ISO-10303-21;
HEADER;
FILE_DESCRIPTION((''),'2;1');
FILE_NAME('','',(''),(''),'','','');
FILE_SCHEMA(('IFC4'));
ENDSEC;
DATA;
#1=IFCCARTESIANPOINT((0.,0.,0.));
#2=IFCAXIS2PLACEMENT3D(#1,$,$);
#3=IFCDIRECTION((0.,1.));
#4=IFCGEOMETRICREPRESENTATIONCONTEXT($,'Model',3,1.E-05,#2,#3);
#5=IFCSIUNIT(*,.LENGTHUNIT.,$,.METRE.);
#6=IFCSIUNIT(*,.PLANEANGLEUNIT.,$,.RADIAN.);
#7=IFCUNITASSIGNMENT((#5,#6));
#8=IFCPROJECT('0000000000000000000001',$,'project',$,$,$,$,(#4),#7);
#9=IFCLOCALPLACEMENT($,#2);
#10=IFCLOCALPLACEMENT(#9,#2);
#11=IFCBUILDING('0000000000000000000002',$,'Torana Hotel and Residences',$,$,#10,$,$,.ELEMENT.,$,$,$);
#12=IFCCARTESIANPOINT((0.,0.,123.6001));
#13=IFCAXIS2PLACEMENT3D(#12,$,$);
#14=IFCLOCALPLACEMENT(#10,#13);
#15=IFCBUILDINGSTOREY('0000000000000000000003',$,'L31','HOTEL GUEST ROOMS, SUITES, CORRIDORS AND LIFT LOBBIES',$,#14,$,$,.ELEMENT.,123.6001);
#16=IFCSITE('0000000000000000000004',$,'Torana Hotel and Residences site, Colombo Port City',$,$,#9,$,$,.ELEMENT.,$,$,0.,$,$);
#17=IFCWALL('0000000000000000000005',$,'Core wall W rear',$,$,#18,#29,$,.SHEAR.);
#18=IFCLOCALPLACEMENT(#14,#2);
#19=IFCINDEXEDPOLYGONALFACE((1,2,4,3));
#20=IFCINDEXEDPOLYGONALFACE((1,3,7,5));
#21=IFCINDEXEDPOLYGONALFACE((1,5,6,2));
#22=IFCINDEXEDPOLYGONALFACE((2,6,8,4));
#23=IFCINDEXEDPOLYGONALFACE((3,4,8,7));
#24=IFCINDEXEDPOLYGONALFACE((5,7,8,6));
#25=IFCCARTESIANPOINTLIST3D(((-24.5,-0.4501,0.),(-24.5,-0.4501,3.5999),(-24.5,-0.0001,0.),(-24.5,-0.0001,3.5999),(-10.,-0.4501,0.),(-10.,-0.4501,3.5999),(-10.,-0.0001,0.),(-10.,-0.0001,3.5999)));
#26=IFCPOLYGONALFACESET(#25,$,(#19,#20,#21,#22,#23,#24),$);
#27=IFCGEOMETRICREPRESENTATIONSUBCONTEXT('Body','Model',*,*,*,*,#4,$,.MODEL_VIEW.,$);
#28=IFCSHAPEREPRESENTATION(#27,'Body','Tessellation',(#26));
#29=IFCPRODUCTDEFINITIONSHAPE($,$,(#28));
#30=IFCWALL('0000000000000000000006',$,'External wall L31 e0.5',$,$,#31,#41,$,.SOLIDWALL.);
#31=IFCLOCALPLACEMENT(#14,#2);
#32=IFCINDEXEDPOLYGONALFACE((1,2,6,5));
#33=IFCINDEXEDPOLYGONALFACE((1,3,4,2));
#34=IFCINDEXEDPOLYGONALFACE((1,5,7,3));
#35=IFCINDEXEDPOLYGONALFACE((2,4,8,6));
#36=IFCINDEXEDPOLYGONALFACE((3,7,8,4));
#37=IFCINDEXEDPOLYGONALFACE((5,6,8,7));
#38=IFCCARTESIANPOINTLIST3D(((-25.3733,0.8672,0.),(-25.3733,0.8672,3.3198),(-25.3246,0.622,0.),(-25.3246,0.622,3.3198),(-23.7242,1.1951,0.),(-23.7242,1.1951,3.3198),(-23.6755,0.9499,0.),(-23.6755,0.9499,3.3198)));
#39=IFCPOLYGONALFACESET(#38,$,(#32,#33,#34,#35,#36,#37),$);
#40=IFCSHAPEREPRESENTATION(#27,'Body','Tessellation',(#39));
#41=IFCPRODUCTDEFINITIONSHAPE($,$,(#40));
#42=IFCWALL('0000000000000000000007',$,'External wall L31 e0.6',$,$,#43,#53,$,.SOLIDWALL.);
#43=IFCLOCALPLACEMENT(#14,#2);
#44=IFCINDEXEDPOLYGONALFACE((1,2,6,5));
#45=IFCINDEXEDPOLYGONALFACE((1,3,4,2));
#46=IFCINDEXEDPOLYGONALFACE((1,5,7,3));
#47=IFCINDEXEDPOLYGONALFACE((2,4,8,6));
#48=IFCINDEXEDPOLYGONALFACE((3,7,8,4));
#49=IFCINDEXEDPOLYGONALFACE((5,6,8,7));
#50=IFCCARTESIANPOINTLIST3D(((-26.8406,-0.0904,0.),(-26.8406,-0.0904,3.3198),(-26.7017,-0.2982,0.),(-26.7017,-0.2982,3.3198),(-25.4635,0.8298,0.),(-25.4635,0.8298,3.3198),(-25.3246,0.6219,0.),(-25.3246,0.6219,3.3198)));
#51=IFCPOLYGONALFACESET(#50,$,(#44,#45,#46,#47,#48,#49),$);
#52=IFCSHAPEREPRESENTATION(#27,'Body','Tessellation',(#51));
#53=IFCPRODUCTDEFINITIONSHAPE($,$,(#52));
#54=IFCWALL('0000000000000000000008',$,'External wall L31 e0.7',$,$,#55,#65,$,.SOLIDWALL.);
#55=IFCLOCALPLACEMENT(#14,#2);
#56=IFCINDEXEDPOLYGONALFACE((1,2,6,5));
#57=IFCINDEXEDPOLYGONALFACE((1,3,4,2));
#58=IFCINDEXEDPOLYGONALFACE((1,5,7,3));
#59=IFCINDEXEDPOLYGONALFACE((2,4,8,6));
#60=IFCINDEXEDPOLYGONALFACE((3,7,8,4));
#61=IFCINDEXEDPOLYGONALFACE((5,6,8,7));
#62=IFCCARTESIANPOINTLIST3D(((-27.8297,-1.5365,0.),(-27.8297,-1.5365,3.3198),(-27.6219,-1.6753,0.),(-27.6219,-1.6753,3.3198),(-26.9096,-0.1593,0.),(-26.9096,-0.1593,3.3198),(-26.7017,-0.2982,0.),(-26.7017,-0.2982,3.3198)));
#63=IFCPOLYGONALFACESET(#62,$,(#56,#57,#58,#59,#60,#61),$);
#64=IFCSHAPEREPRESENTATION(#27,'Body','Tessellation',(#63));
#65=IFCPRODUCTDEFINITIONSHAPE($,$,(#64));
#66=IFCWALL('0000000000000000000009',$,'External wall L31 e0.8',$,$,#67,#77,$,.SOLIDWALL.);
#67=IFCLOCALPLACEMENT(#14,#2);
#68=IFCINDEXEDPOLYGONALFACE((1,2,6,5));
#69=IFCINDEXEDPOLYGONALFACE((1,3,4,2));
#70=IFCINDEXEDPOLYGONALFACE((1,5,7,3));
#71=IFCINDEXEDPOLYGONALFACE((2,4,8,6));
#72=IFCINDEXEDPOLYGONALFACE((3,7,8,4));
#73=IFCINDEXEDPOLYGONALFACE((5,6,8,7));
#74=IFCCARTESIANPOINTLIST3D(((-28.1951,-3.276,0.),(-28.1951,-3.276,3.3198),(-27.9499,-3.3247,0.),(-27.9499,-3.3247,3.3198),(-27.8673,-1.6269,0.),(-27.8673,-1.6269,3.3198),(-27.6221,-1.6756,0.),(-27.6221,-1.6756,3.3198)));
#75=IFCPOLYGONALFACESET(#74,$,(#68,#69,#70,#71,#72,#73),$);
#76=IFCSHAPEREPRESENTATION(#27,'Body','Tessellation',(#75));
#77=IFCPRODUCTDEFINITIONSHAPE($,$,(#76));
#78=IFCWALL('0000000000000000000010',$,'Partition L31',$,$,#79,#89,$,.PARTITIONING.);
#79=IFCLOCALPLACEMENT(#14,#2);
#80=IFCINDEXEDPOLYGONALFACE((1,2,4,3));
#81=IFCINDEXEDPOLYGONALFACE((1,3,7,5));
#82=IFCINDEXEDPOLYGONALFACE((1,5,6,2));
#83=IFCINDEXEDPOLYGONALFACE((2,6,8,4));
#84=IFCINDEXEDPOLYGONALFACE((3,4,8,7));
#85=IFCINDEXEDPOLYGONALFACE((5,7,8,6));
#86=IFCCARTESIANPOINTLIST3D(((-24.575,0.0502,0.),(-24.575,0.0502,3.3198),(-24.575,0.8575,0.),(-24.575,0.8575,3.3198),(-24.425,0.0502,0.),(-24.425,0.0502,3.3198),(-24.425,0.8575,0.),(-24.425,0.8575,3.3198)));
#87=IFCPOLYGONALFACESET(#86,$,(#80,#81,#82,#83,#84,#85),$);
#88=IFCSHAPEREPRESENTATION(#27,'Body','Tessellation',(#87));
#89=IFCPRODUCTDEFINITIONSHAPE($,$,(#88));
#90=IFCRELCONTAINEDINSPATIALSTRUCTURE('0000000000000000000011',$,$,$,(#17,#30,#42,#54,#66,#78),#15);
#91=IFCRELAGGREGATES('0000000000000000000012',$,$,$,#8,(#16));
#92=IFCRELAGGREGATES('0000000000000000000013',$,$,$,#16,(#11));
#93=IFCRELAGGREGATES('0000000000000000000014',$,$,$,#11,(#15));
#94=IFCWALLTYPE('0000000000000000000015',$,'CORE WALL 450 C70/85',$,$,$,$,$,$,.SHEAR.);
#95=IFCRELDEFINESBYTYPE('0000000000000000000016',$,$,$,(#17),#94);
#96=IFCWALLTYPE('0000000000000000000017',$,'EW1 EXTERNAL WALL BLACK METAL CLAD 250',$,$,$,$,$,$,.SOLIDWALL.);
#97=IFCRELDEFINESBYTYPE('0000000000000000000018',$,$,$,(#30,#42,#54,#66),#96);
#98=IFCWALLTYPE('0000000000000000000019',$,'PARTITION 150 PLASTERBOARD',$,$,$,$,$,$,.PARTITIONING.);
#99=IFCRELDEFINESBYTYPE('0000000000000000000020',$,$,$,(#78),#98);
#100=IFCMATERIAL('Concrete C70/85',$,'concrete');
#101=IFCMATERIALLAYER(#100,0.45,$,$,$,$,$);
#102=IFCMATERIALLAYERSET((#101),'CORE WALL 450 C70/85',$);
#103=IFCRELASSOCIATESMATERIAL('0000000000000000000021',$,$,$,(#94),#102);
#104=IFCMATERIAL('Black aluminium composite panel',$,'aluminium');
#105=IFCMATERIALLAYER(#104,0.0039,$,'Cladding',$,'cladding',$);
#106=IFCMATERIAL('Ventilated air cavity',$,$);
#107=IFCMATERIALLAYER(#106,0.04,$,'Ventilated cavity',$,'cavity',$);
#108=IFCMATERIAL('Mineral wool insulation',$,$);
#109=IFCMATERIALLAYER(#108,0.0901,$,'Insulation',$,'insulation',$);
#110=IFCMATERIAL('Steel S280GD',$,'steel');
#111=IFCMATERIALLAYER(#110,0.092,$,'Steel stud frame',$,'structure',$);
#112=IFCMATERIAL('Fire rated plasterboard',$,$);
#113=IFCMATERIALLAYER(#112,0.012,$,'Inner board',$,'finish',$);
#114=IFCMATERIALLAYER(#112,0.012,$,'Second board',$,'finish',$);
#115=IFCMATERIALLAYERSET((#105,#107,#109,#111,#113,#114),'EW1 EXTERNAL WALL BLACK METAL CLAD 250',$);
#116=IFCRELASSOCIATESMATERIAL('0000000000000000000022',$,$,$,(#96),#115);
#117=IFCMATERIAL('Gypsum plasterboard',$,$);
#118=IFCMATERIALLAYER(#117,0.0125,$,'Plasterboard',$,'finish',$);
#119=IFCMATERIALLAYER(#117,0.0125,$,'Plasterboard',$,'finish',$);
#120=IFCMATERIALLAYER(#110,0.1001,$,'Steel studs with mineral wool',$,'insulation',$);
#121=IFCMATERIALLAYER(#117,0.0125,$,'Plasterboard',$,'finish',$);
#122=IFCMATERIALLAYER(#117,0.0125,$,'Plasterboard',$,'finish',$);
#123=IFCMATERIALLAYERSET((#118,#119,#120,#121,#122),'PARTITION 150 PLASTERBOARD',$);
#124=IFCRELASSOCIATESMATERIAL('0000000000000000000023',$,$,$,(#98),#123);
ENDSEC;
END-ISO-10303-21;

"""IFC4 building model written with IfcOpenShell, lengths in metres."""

from ifc_helpers import new_model, si_unit, direction, frame, frame_2d, origin, place, context, subcontext, project, spatial, rectangle, extrude, material, layer, layer_set, type_object, element, save


model = new_model("IFC4")

# Units and contexts
model_context = context("Model", 3, precision=1e-05, world=origin(), true_north=direction((0.0, 1.0)))
body_context = subcontext(model_context, "Body", "Model", "MODEL_VIEW")
ifc_project = project(units=[si_unit("LENGTHUNIT", "METRE"), si_unit("PLANEANGLEUNIT", "RADIAN")], contexts=[model_context])

# Site, building, storey
site_placement = place(None, origin())
site = spatial("IfcSite", under=ifc_project, at=site_placement, Name="Torana Hotel and Residences site, Colombo Port City", CompositionType="ELEMENT", RefElevation=0.0)
building_placement = place(site_placement, origin())
building = spatial("IfcBuilding", under=site, at=building_placement, Name="Torana Hotel and Residences", CompositionType="ELEMENT")
storey_placement = place(building_placement, frame((0.0, 0.0, 123.6001)))
storey = spatial("IfcBuildingStorey", under=building, at=storey_placement, Name="L31", Description="HOTEL GUEST ROOMS, SUITES, CORRIDORS AND LIFT LOBBIES", CompositionType="ELEMENT", Elevation=123.6001)

# Walls
ifc_material_1 = material(Name="Concrete C70/85", Category="concrete")
ifc_layer_1 = layer(ifc_material_1, 0.45)
ifc_layer_set_1 = layer_set([ifc_layer_1], Name="CORE WALL 450 C70/85")
wall_type_1 = type_object("IfcWallType", Name="CORE WALL 450 C70/85", PredefinedType="SHEAR", material=ifc_layer_set_1)
wall_1_placement = place(storey_placement, frame((-24.5, -0.2251, 0.0), z_axis=(0.0, 0.0, 1.0), x_axis=(1.0, 0.0, 0.0)))
element("IfcWall", 1, at=wall_1_placement, inside=storey, type_object=wall_type_1, Name="Core wall W rear", PredefinedType="SHEAR", context=body_context, shape_type="SweptSolid", body=[
    extrude(rectangle(XDim=14.5, YDim=0.45, at=frame_2d((7.25, 0.0))), origin(), (0.0, 0.0, 1.0), 3.5999),
])
ifc_material_2 = material(Name="Black aluminium composite panel", Category="aluminium")
ifc_layer_2 = layer(ifc_material_2, 0.0039, Name="Cladding", Category="cladding")
ifc_material_3 = material(Name="Ventilated air cavity")
ifc_layer_3 = layer(ifc_material_3, 0.04, Name="Ventilated cavity", Category="cavity")
ifc_material_4 = material(Name="Mineral wool insulation")
ifc_layer_4 = layer(ifc_material_4, 0.0901, Name="Insulation", Category="insulation")
ifc_material_5 = material(Name="Steel S280GD", Category="steel")
ifc_layer_5 = layer(ifc_material_5, 0.092, Name="Steel stud frame", Category="structure")
ifc_material_6 = material(Name="Fire rated plasterboard")
ifc_layer_6 = layer(ifc_material_6, 0.012, Name="Inner board", Category="finish")
ifc_layer_7 = layer(ifc_material_6, 0.012, Name="Second board", Category="finish")
ifc_layer_set_2 = layer_set([ifc_layer_2, ifc_layer_3, ifc_layer_4, ifc_layer_5, ifc_layer_6, ifc_layer_7], Name="EW1 EXTERNAL WALL BLACK METAL CLAD 250")
wall_type_2 = type_object("IfcWallType", Name="EW1 EXTERNAL WALL BLACK METAL CLAD 250", PredefinedType="SOLIDWALL", material=ifc_layer_set_2)
wall_2_placement = place(storey_placement, frame((-23.6997, 1.0725, 0.0), z_axis=(0.0, 0.0, 1.0), x_axis=(-0.980803, -0.194999, 0.0)))
element("IfcWall", 2, at=wall_2_placement, inside=storey, type_object=wall_type_2, Name="External wall L31 e0.5", PredefinedType="SOLIDWALL", context=body_context, shape_type="SweptSolid", body=[
    extrude(rectangle(XDim=1.6814, YDim=0.25, at=frame_2d((0.8408, 0.0))), origin(), (0.0, 0.0, 1.0), 3.3198),
])
for number, where, z_axis, x_axis, name in (
    (3, (-25.394, 0.7258, 0.0), (0.0, 0.0, 1.0), (-0.831483, -0.55555, 0.0), "External wall L31 e0.6"),
    (4, (-26.8057, -0.2288, 0.0), (0.0, 0.0, 1.0), (-0.55555, -0.831483, 0.0), "External wall L31 e0.7"),
):
    element("IfcWall", number, at=place(storey_placement, frame(where, z_axis=z_axis, x_axis=x_axis)), inside=storey, type_object=wall_type_2, Name=name, PredefinedType="SOLIDWALL", context=body_context, shape_type="SweptSolid", body=[
        extrude(rectangle(XDim=1.6562, YDim=0.25, at=frame_2d((0.8281, 0.0))), origin(), (0.0, 0.0, 1.0), 3.3198),
    ])
wall_3_placement = place(storey_placement, frame((-27.7446, -1.6511, 0.0), z_axis=(0.0, 0.0, 1.0), x_axis=(-0.194999, -0.980803, 0.0)))
element("IfcWall", 5, at=wall_3_placement, inside=storey, type_object=wall_type_2, Name="External wall L31 e0.8", PredefinedType="SOLIDWALL", context=body_context, shape_type="SweptSolid", body=[
    extrude(rectangle(XDim=1.6814, YDim=0.25, at=frame_2d((0.8408, 0.0))), origin(), (0.0, 0.0, 1.0), 3.3198),
])
ifc_material_7 = material(Name="Gypsum plasterboard")
ifc_layer_8 = layer(ifc_material_7, 0.0125, Name="Plasterboard", Category="finish")
ifc_layer_9 = layer(ifc_material_7, 0.0125, Name="Plasterboard", Category="finish")
ifc_layer_10 = layer(ifc_material_5, 0.1001, Name="Steel studs with mineral wool", Category="insulation")
ifc_layer_11 = layer(ifc_material_7, 0.0125, Name="Plasterboard", Category="finish")
ifc_layer_12 = layer(ifc_material_7, 0.0125, Name="Plasterboard", Category="finish")
ifc_layer_set_3 = layer_set([ifc_layer_8, ifc_layer_9, ifc_layer_10, ifc_layer_11, ifc_layer_12], Name="PARTITION 150 PLASTERBOARD")
wall_type_3 = type_object("IfcWallType", Name="PARTITION 150 PLASTERBOARD", PredefinedType="PARTITIONING", material=ifc_layer_set_3)
wall_4_placement = place(storey_placement, frame((-24.5, 0.05, 0.0), z_axis=(0.0, 0.0, 1.0), x_axis=(0.0, 1.0, 0.0)))
element("IfcWall", 6, at=wall_4_placement, inside=storey, type_object=wall_type_3, Name="Partition L31", PredefinedType="PARTITIONING", context=body_context, shape_type="SweptSolid", body=[
    extrude(rectangle(XDim=0.8074, YDim=0.1499, at=frame_2d((0.4038, 0.0))), origin(), (0.0, 0.0, 1.0), 3.3198),
])

save(model, "model.ifc")
